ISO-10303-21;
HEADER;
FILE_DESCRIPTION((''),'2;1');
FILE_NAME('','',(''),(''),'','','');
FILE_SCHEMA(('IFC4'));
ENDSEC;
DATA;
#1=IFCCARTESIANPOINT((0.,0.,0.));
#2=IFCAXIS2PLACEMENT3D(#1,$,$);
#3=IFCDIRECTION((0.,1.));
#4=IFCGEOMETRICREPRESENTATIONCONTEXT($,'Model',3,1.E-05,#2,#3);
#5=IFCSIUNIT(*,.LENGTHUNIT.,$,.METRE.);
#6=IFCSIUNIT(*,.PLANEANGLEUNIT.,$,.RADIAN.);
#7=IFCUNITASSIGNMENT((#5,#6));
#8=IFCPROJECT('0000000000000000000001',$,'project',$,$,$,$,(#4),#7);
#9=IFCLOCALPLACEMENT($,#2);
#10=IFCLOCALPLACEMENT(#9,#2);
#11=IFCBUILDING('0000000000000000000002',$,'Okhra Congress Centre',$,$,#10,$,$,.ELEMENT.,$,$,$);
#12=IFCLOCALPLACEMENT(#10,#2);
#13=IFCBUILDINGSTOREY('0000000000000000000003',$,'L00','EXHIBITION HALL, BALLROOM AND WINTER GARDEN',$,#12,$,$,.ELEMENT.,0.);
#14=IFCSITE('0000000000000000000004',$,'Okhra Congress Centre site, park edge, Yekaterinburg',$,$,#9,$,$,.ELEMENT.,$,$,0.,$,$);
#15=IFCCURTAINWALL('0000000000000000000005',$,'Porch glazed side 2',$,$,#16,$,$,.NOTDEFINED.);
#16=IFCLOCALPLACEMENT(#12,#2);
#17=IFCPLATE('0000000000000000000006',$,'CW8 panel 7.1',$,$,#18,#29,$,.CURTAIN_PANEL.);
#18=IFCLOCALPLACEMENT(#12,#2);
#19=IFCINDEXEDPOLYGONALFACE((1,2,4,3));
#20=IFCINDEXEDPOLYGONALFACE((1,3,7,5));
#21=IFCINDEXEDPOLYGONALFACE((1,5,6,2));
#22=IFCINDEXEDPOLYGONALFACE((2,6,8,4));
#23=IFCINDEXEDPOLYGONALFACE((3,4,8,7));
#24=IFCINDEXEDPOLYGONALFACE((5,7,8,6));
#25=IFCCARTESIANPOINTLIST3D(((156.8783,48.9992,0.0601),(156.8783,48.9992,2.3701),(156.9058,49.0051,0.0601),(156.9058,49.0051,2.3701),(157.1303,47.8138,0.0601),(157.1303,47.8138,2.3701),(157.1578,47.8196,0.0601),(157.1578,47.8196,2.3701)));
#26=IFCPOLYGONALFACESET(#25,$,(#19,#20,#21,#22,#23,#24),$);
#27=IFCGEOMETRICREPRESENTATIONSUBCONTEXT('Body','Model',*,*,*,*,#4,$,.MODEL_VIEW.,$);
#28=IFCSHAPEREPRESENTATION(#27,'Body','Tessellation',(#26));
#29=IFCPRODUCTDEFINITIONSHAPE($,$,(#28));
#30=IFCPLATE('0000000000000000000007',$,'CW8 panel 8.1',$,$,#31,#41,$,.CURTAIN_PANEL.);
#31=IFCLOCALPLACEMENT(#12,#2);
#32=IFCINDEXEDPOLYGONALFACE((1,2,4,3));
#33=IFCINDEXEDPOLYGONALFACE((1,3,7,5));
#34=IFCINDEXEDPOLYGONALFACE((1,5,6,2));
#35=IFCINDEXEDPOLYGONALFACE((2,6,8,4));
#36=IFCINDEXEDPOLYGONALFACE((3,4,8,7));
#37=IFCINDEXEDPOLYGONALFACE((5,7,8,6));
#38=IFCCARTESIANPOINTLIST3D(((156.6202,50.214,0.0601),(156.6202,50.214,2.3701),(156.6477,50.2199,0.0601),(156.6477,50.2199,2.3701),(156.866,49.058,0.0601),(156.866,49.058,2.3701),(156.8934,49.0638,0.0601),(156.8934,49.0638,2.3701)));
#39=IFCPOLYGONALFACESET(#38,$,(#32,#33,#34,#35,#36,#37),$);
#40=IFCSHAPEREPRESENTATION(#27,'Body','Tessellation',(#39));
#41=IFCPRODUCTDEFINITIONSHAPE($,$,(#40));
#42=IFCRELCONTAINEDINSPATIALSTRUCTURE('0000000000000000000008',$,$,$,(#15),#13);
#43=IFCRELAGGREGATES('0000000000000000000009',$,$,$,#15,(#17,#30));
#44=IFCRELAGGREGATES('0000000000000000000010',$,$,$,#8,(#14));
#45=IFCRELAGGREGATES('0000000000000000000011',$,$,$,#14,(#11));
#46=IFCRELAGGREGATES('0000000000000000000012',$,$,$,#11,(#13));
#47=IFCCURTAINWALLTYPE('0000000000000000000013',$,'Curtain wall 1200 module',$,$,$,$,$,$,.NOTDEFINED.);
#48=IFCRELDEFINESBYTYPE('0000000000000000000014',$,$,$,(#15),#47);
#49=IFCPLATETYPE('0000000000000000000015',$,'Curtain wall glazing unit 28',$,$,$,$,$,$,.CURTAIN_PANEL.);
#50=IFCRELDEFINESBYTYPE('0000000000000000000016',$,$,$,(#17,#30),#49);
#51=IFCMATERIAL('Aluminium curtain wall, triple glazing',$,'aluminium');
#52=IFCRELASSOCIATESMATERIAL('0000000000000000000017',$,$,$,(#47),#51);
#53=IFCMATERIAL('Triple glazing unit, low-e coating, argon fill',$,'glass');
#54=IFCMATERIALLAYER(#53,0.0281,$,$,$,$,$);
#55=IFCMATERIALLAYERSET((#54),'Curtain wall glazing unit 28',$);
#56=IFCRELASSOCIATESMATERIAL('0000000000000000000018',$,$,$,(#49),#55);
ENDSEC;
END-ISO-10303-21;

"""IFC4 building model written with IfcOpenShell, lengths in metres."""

from ifc_helpers import new_model, si_unit, direction, frame, origin, origin_2d, place, context, subcontext, project, spatial, rectangle, extrude, material, layer, layer_set, type_object, element, aggregate, save


model = new_model("IFC4")

# Units and contexts
model_context = context("Model", 3, precision=1e-05, world=origin(), true_north=direction((0.0, 1.0)))
body_context = subcontext(model_context, "Body", "Model", "MODEL_VIEW")
ifc_project = project(units=[si_unit("LENGTHUNIT", "METRE"), si_unit("PLANEANGLEUNIT", "RADIAN")], contexts=[model_context])

# Site, building, storey
site_placement = place(None, origin())
site = spatial("IfcSite", under=ifc_project, at=site_placement, Name="Okhra Congress Centre site, park edge, Yekaterinburg", CompositionType="ELEMENT", RefElevation=0.0)
building_placement = place(site_placement, origin())
building = spatial("IfcBuilding", under=site, at=building_placement, Name="Okhra Congress Centre", CompositionType="ELEMENT")
storey_placement = place(building_placement, origin())
storey = spatial("IfcBuildingStorey", under=building, at=storey_placement, Name="L00", Description="EXHIBITION HALL, BALLROOM AND WINTER GARDEN", CompositionType="ELEMENT", Elevation=0.0)

# Curtain wall
ifc_material_1 = material(Name="Aluminium curtain wall, triple glazing", Category="aluminium")
curtain_wall_type_1 = type_object("IfcCurtainWallType", Name="Curtain wall 1200 module", PredefinedType="NOTDEFINED", material=ifc_material_1)
curtain_wall_1_placement = place(storey_placement, origin())
curtain_wall_1 = element("IfcCurtainWall", 1, at=curtain_wall_1_placement, inside=storey, type_object=curtain_wall_type_1, Name="Porch glazed side 2", PredefinedType="NOTDEFINED")

# Plates
ifc_material_2 = material(Name="Triple glazing unit, low-e coating, argon fill", Category="glass")
ifc_layer = layer(ifc_material_2, 0.0281)
ifc_layer_set = layer_set([ifc_layer], Name="Curtain wall glazing unit 28")
plate_type = type_object("IfcPlateType", Name="Curtain wall glazing unit 28", PredefinedType="CURTAIN_PANEL", material=ifc_layer_set)
plate_1_placement = place(storey_placement, frame((157.0181, 48.4094, 0.0601), z_axis=(0.0, 0.0, 1.0), x_axis=(-0.207912, 0.978148, 0.0)))
plate_1 = element("IfcPlate", 2, at=plate_1_placement, type_object=plate_type, Name="CW8 panel 7.1", PredefinedType="CURTAIN_PANEL", context=body_context, shape_type="SweptSolid", body=[
    extrude(rectangle(XDim=1.2119, YDim=0.0281, at=origin_2d()), origin(), (0.0, 0.0, 1.0), 2.3101),
])
plate_2_placement = place(storey_placement, frame((156.7568, 49.6389, 0.0601), z_axis=(0.0, 0.0, 1.0), x_axis=(-0.207912, 0.978148, 0.0)))
plate_2 = element("IfcPlate", 3, at=plate_2_placement, type_object=plate_type, Name="CW8 panel 8.1", PredefinedType="CURTAIN_PANEL", context=body_context, shape_type="SweptSolid", body=[
    extrude(rectangle(XDim=1.1819, YDim=0.0281, at=origin_2d()), origin(), (0.0, 0.0, 1.0), 2.3101),
])
aggregate(curtain_wall_1, [plate_1, plate_2])

save(model, "model.ifc")
